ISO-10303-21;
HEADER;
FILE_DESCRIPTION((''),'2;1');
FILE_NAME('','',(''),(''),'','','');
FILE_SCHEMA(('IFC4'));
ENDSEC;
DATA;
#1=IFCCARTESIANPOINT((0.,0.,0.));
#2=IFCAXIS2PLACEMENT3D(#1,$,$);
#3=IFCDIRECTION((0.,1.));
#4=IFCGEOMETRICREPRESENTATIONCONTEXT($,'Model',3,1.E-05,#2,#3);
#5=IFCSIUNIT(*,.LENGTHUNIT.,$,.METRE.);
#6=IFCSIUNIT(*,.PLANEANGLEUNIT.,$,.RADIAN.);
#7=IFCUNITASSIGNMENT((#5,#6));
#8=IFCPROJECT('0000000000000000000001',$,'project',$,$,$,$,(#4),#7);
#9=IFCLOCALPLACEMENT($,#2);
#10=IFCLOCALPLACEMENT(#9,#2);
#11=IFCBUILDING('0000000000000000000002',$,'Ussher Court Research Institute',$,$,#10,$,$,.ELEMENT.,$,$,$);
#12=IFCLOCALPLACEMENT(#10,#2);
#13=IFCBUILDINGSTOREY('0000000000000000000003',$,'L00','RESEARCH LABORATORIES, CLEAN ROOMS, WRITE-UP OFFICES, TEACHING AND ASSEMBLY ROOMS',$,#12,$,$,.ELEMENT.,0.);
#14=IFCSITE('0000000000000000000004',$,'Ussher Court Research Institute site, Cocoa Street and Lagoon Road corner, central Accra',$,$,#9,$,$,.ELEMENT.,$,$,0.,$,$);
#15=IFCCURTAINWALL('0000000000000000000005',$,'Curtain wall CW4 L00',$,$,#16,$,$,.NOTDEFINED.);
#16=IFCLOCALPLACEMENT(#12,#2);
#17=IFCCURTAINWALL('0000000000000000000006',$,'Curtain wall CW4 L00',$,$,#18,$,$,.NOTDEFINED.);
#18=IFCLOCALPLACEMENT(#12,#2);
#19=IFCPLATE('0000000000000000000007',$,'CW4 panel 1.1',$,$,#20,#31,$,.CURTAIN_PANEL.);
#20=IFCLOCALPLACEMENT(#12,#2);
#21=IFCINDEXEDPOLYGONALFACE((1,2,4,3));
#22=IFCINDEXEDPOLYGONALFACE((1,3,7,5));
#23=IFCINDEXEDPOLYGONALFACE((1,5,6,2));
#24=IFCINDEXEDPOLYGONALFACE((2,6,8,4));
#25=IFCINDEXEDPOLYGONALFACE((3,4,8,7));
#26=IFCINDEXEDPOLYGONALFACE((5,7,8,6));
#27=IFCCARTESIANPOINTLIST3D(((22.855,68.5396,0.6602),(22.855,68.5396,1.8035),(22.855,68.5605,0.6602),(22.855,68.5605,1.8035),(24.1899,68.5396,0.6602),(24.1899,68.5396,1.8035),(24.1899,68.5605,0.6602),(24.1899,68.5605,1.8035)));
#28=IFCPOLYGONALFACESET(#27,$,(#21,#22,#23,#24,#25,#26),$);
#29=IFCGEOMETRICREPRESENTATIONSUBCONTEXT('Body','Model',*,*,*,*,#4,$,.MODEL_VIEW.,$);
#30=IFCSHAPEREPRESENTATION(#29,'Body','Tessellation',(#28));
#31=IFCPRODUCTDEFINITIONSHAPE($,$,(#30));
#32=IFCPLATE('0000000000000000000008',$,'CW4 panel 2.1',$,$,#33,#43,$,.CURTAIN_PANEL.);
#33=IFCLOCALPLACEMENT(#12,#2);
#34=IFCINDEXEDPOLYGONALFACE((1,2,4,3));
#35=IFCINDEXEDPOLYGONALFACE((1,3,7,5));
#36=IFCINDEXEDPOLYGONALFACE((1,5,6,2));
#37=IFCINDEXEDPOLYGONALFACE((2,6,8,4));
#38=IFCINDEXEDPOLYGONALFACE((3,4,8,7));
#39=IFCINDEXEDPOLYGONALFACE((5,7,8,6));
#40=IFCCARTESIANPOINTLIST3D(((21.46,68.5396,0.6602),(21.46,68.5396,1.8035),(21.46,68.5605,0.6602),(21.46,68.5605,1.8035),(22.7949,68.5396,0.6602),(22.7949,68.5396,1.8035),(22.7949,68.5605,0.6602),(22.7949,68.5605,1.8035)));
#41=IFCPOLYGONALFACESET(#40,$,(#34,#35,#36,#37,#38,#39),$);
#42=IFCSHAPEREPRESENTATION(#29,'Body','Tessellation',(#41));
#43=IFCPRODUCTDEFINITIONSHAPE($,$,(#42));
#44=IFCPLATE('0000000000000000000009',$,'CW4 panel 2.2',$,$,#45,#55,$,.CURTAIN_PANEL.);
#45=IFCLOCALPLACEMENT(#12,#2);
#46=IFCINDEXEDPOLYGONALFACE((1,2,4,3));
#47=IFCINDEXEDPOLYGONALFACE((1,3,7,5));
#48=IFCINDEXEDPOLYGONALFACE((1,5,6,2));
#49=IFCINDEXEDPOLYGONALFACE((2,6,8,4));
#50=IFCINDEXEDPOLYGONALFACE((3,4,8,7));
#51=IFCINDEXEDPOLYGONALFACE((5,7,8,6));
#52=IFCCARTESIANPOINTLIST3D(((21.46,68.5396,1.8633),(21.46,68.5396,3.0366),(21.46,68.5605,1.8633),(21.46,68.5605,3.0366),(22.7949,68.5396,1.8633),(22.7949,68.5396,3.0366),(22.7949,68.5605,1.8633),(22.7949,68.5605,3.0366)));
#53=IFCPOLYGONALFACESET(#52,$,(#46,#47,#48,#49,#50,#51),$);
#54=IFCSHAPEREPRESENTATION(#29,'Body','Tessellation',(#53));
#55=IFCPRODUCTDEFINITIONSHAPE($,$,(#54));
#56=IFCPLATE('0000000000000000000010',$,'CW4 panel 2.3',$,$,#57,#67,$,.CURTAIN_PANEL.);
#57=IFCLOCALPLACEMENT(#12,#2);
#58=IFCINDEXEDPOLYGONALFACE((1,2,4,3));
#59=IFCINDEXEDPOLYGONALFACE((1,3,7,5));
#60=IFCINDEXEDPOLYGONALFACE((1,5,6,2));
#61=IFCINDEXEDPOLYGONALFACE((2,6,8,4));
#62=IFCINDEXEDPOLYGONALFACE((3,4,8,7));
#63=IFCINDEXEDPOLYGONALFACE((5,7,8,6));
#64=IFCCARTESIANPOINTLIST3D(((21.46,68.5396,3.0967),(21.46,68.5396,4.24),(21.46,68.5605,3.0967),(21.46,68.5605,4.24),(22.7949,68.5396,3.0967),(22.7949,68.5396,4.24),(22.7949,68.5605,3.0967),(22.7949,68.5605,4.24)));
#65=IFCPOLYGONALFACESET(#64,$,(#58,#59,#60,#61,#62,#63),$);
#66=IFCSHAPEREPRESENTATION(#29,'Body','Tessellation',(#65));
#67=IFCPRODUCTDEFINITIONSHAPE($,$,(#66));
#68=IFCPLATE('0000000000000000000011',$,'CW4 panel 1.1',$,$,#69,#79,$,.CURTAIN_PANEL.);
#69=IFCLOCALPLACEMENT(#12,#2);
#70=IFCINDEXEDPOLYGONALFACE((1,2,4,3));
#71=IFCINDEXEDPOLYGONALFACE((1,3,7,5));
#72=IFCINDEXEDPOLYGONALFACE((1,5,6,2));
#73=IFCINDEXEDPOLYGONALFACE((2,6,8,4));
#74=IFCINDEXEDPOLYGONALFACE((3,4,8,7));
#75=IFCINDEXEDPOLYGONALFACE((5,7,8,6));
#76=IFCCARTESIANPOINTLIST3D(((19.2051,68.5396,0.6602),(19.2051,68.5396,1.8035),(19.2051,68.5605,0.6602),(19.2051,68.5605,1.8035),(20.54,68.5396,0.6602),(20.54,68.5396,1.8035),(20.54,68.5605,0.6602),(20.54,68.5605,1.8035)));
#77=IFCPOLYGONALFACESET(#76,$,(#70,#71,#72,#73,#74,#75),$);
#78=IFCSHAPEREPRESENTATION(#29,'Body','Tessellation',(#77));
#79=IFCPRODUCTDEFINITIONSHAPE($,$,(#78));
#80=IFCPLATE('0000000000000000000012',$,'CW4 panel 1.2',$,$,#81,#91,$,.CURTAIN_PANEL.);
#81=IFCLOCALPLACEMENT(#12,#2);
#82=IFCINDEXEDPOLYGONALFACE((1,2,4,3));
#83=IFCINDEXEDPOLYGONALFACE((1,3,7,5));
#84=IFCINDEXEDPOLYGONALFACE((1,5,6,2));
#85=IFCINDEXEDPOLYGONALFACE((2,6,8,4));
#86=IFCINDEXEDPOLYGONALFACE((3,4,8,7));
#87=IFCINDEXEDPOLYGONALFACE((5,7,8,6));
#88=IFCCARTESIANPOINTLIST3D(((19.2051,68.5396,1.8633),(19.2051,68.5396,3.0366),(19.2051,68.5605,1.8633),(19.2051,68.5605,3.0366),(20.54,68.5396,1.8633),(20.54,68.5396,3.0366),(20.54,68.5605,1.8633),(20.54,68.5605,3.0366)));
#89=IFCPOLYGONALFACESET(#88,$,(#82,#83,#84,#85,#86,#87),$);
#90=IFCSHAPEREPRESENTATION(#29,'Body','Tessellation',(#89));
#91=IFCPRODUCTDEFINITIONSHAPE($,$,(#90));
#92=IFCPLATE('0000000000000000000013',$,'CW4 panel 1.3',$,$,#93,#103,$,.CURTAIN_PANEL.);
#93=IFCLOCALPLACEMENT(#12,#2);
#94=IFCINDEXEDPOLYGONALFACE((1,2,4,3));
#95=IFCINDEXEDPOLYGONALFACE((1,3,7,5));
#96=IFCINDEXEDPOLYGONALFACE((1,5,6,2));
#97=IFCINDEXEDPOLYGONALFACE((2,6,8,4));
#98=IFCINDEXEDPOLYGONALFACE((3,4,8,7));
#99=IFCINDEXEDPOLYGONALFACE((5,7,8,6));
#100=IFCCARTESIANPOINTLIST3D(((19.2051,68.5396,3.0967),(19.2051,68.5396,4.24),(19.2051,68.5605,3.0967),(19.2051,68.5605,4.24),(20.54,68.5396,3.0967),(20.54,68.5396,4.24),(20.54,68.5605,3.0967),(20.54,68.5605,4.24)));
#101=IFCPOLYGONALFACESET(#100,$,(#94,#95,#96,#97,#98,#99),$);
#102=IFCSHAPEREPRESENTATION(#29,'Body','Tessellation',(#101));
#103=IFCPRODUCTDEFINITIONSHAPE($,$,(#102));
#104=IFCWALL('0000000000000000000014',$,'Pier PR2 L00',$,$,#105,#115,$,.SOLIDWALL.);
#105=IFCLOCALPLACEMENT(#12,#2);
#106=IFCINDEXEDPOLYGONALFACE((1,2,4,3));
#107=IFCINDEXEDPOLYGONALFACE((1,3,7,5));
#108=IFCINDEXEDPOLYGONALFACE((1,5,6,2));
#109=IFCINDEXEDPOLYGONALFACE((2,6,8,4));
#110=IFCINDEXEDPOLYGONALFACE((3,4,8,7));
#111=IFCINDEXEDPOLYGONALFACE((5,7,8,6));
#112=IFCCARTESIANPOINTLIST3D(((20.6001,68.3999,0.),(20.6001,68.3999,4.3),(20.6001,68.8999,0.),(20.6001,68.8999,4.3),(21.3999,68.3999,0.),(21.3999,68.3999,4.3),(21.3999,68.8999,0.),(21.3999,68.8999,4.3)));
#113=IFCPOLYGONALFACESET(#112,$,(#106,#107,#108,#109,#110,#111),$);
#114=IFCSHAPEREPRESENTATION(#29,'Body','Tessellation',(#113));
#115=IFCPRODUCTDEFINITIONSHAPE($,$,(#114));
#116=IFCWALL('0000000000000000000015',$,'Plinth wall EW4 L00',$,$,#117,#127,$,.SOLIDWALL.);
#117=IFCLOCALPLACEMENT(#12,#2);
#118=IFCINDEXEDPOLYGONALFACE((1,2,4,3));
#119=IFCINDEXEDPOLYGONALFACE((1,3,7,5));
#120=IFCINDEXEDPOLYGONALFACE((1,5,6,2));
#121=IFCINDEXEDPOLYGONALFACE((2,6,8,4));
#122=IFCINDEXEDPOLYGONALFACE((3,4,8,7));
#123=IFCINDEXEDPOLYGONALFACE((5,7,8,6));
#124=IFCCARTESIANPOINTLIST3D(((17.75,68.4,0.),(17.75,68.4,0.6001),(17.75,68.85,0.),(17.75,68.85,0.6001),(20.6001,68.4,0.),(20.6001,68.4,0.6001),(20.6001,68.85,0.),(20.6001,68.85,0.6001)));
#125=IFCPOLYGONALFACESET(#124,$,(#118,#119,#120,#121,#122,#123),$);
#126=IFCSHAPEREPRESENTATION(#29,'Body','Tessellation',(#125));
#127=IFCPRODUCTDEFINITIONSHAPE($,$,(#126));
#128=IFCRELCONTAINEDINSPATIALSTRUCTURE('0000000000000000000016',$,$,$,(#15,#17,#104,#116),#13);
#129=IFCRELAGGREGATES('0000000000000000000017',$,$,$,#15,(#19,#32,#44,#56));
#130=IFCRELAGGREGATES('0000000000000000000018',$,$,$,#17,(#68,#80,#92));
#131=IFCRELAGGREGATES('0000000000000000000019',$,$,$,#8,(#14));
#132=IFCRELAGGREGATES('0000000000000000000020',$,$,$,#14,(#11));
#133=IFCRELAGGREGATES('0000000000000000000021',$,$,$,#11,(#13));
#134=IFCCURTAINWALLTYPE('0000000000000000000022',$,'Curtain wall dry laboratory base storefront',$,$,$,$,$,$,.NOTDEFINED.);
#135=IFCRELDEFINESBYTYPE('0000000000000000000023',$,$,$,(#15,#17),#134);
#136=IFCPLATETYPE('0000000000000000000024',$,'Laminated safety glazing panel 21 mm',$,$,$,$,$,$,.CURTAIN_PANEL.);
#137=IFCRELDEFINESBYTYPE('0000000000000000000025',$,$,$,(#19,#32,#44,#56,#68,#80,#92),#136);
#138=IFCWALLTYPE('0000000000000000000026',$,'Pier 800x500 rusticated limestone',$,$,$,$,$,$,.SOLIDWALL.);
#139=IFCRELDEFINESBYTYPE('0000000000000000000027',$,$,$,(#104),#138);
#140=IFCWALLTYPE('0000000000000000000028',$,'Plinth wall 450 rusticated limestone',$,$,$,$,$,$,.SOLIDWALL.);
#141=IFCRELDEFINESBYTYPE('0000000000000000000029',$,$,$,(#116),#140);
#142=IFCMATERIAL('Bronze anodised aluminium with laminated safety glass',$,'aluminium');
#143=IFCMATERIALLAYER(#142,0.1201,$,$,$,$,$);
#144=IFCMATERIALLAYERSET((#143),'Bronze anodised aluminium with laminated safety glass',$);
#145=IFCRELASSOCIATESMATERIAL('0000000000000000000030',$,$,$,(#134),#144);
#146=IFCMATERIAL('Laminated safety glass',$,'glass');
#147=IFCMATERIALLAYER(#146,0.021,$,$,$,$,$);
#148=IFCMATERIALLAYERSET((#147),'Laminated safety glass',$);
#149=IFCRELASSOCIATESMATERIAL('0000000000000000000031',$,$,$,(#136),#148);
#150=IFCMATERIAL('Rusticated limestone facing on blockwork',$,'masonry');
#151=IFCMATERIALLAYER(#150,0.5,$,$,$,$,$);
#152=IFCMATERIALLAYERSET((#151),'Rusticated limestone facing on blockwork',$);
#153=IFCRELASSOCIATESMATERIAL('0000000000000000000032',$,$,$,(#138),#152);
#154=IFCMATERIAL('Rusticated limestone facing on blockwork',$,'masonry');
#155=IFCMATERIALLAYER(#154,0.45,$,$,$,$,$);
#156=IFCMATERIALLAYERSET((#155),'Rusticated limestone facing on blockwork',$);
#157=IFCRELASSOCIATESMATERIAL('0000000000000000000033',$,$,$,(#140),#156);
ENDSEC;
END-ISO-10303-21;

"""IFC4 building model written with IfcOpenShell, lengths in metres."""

from ifc_helpers import new_model, si_unit, direction, frame, frame_2d, origin, origin_2d, place, context, subcontext, project, spatial, rectangle, extrude, material, layer, layer_set, type_object, element, aggregate, save


model = new_model("IFC4")

# Units and contexts
model_context = context("Model", 3, precision=1e-05, world=origin(), true_north=direction((0.0, 1.0)))
body_context = subcontext(model_context, "Body", "Model", "MODEL_VIEW")
ifc_project = project(units=[si_unit("LENGTHUNIT", "METRE"), si_unit("PLANEANGLEUNIT", "RADIAN")], contexts=[model_context])

# Site, building, storey
site_placement = place(None, origin())
site = spatial("IfcSite", under=ifc_project, at=site_placement, Name="Ussher Court Research Institute site, Cocoa Street and Lagoon Road corner, central Accra", CompositionType="ELEMENT", RefElevation=0.0)
building_placement = place(site_placement, origin())
building = spatial("IfcBuilding", under=site, at=building_placement, Name="Ussher Court Research Institute", CompositionType="ELEMENT")
storey_placement = place(building_placement, origin())
storey = spatial("IfcBuildingStorey", under=building, at=storey_placement, Name="L00", Description="RESEARCH LABORATORIES, CLEAN ROOMS, WRITE-UP OFFICES, TEACHING AND ASSEMBLY ROOMS", CompositionType="ELEMENT", Elevation=0.0)

# Curtain walls
ifc_material_1 = material(Name="Bronze anodised aluminium with laminated safety glass", Category="aluminium")
ifc_layer_1 = layer(ifc_material_1, 0.1201)
ifc_layer_set_1 = layer_set([ifc_layer_1], Name="Bronze anodised aluminium with laminated safety glass")
curtain_wall_type = type_object("IfcCurtainWallType", Name="Curtain wall dry laboratory base storefront", PredefinedType="NOTDEFINED", material=ifc_layer_set_1)
curtain_wall_1_placement = place(storey_placement, origin())
curtain_wall_1 = element("IfcCurtainWall", 1, at=curtain_wall_1_placement, inside=storey, type_object=curtain_wall_type, Name="Curtain wall CW4 L00", PredefinedType="NOTDEFINED")
curtain_wall_2_placement = place(storey_placement, origin())
curtain_wall_2 = element("IfcCurtainWall", 2, at=curtain_wall_2_placement, inside=storey, type_object=curtain_wall_type, Name="Curtain wall CW4 L00", PredefinedType="NOTDEFINED")

# Plates
ifc_material_2 = material(Name="Laminated safety glass", Category="glass")
ifc_layer_2 = layer(ifc_material_2, 0.021)
ifc_layer_set_2 = layer_set([ifc_layer_2], Name="Laminated safety glass")
plate_type = type_object("IfcPlateType", Name="Laminated safety glazing panel 21 mm", PredefinedType="CURTAIN_PANEL", material=ifc_layer_set_2)
plate_1_placement = place(storey_placement, frame((23.5225, 68.55, 0.6602), z_axis=(0.0, 0.0, 1.0), x_axis=(-1.0, 0.0, 0.0)))
plate_1 = element("IfcPlate", 3, at=plate_1_placement, type_object=plate_type, Name="CW4 panel 1.1", PredefinedType="CURTAIN_PANEL", context=body_context, shape_type="SweptSolid", body=[
    extrude(rectangle(XDim=1.335, YDim=0.021, at=origin_2d()), origin(), (0.0, 0.0, 1.0), 1.1433),
])
plate_2_placement = place(storey_placement, frame((22.1274, 68.55, 0.6602), z_axis=(0.0, 0.0, 1.0), x_axis=(-1.0, 0.0, 0.0)))
plate_2 = element("IfcPlate", 4, at=plate_2_placement, type_object=plate_type, Name="CW4 panel 2.1", PredefinedType="CURTAIN_PANEL", context=body_context, shape_type="SweptSolid", body=[
    extrude(rectangle(XDim=1.335, YDim=0.021, at=origin_2d()), origin(), (0.0, 0.0, 1.0), 1.1433),
])
plate_3_placement = place(storey_placement, frame((22.1274, 68.55, 1.8633), z_axis=(0.0, 0.0, 1.0), x_axis=(-1.0, 0.0, 0.0)))
plate_3 = element("IfcPlate", 5, at=plate_3_placement, type_object=plate_type, Name="CW4 panel 2.2", PredefinedType="CURTAIN_PANEL", context=body_context, shape_type="SweptSolid", body=[
    extrude(rectangle(XDim=1.335, YDim=0.021, at=origin_2d()), origin(), (0.0, 0.0, 1.0), 1.1733),
])
plate_4_placement = place(storey_placement, frame((22.1274, 68.55, 3.0967), z_axis=(0.0, 0.0, 1.0), x_axis=(-1.0, 0.0, 0.0)))
plate_4 = element("IfcPlate", 6, at=plate_4_placement, type_object=plate_type, Name="CW4 panel 2.3", PredefinedType="CURTAIN_PANEL", context=body_context, shape_type="SweptSolid", body=[
    extrude(rectangle(XDim=1.335, YDim=0.021, at=origin_2d()), origin(), (0.0, 0.0, 1.0), 1.1433),
])
aggregate(curtain_wall_1, [plate_1, plate_2, plate_3, plate_4])
plate_5_placement = place(storey_placement, frame((19.8726, 68.55, 0.6602), z_axis=(0.0, 0.0, 1.0), x_axis=(-1.0, 0.0, 0.0)))
plate_5 = element("IfcPlate", 7, at=plate_5_placement, type_object=plate_type, Name="CW4 panel 1.1", PredefinedType="CURTAIN_PANEL", context=body_context, shape_type="SweptSolid", body=[
    extrude(rectangle(XDim=1.335, YDim=0.021, at=origin_2d()), origin(), (0.0, 0.0, 1.0), 1.1433),
])
plate_6_placement = place(storey_placement, frame((19.8726, 68.55, 1.8633), z_axis=(0.0, 0.0, 1.0), x_axis=(-1.0, 0.0, 0.0)))
plate_6 = element("IfcPlate", 8, at=plate_6_placement, type_object=plate_type, Name="CW4 panel 1.2", PredefinedType="CURTAIN_PANEL", context=body_context, shape_type="SweptSolid", body=[
    extrude(rectangle(XDim=1.335, YDim=0.021, at=origin_2d()), origin(), (0.0, 0.0, 1.0), 1.1733),
])
plate_7_placement = place(storey_placement, frame((19.8726, 68.55, 3.0967), z_axis=(0.0, 0.0, 1.0), x_axis=(-1.0, 0.0, 0.0)))
plate_7 = element("IfcPlate", 9, at=plate_7_placement, type_object=plate_type, Name="CW4 panel 1.3", PredefinedType="CURTAIN_PANEL", context=body_context, shape_type="SweptSolid", body=[
    extrude(rectangle(XDim=1.335, YDim=0.021, at=origin_2d()), origin(), (0.0, 0.0, 1.0), 1.1433),
])
aggregate(curtain_wall_2, [plate_5, plate_6, plate_7])

# Walls
ifc_material_3 = material(Name="Rusticated limestone facing on blockwork", Category="masonry")
ifc_layer_3 = layer(ifc_material_3, 0.5)
ifc_layer_set_3 = layer_set([ifc_layer_3], Name="Rusticated limestone facing on blockwork")
wall_type_1 = type_object("IfcWallType", Name="Pier 800x500 rusticated limestone", PredefinedType="SOLIDWALL", material=ifc_layer_set_3)
wall_1_placement = place(storey_placement, frame((21.3999, 68.6499, 0.0), z_axis=(0.0, 0.0, 1.0), x_axis=(-1.0, 0.0, 0.0)))
element("IfcWall", 10, at=wall_1_placement, inside=storey, type_object=wall_type_1, Name="Pier PR2 L00", PredefinedType="SOLIDWALL", context=body_context, shape_type="SweptSolid", body=[
    extrude(rectangle(XDim=0.7998, YDim=0.5, at=frame_2d((0.3999, 0.0))), origin(), (0.0, 0.0, 1.0), 4.3),
])
ifc_material_4 = material(Name="Rusticated limestone facing on blockwork", Category="masonry")
ifc_layer_4 = layer(ifc_material_4, 0.45)
ifc_layer_set_4 = layer_set([ifc_layer_4], Name="Rusticated limestone facing on blockwork")
wall_type_2 = type_object("IfcWallType", Name="Plinth wall 450 rusticated limestone", PredefinedType="SOLIDWALL", material=ifc_layer_set_4)
wall_2_placement = place(storey_placement, frame((20.6001, 68.625, 0.0), z_axis=(0.0, 0.0, 1.0), x_axis=(-1.0, 0.0, 0.0)))
element("IfcWall", 11, at=wall_2_placement, inside=storey, type_object=wall_type_2, Name="Plinth wall EW4 L00", PredefinedType="SOLIDWALL", context=body_context, shape_type="SweptSolid", body=[
    extrude(rectangle(XDim=2.8501, YDim=0.45, at=frame_2d((1.425, 0.0))), origin(), (0.0, 0.0, 1.0), 0.6001),
])

save(model, "model.ifc")
